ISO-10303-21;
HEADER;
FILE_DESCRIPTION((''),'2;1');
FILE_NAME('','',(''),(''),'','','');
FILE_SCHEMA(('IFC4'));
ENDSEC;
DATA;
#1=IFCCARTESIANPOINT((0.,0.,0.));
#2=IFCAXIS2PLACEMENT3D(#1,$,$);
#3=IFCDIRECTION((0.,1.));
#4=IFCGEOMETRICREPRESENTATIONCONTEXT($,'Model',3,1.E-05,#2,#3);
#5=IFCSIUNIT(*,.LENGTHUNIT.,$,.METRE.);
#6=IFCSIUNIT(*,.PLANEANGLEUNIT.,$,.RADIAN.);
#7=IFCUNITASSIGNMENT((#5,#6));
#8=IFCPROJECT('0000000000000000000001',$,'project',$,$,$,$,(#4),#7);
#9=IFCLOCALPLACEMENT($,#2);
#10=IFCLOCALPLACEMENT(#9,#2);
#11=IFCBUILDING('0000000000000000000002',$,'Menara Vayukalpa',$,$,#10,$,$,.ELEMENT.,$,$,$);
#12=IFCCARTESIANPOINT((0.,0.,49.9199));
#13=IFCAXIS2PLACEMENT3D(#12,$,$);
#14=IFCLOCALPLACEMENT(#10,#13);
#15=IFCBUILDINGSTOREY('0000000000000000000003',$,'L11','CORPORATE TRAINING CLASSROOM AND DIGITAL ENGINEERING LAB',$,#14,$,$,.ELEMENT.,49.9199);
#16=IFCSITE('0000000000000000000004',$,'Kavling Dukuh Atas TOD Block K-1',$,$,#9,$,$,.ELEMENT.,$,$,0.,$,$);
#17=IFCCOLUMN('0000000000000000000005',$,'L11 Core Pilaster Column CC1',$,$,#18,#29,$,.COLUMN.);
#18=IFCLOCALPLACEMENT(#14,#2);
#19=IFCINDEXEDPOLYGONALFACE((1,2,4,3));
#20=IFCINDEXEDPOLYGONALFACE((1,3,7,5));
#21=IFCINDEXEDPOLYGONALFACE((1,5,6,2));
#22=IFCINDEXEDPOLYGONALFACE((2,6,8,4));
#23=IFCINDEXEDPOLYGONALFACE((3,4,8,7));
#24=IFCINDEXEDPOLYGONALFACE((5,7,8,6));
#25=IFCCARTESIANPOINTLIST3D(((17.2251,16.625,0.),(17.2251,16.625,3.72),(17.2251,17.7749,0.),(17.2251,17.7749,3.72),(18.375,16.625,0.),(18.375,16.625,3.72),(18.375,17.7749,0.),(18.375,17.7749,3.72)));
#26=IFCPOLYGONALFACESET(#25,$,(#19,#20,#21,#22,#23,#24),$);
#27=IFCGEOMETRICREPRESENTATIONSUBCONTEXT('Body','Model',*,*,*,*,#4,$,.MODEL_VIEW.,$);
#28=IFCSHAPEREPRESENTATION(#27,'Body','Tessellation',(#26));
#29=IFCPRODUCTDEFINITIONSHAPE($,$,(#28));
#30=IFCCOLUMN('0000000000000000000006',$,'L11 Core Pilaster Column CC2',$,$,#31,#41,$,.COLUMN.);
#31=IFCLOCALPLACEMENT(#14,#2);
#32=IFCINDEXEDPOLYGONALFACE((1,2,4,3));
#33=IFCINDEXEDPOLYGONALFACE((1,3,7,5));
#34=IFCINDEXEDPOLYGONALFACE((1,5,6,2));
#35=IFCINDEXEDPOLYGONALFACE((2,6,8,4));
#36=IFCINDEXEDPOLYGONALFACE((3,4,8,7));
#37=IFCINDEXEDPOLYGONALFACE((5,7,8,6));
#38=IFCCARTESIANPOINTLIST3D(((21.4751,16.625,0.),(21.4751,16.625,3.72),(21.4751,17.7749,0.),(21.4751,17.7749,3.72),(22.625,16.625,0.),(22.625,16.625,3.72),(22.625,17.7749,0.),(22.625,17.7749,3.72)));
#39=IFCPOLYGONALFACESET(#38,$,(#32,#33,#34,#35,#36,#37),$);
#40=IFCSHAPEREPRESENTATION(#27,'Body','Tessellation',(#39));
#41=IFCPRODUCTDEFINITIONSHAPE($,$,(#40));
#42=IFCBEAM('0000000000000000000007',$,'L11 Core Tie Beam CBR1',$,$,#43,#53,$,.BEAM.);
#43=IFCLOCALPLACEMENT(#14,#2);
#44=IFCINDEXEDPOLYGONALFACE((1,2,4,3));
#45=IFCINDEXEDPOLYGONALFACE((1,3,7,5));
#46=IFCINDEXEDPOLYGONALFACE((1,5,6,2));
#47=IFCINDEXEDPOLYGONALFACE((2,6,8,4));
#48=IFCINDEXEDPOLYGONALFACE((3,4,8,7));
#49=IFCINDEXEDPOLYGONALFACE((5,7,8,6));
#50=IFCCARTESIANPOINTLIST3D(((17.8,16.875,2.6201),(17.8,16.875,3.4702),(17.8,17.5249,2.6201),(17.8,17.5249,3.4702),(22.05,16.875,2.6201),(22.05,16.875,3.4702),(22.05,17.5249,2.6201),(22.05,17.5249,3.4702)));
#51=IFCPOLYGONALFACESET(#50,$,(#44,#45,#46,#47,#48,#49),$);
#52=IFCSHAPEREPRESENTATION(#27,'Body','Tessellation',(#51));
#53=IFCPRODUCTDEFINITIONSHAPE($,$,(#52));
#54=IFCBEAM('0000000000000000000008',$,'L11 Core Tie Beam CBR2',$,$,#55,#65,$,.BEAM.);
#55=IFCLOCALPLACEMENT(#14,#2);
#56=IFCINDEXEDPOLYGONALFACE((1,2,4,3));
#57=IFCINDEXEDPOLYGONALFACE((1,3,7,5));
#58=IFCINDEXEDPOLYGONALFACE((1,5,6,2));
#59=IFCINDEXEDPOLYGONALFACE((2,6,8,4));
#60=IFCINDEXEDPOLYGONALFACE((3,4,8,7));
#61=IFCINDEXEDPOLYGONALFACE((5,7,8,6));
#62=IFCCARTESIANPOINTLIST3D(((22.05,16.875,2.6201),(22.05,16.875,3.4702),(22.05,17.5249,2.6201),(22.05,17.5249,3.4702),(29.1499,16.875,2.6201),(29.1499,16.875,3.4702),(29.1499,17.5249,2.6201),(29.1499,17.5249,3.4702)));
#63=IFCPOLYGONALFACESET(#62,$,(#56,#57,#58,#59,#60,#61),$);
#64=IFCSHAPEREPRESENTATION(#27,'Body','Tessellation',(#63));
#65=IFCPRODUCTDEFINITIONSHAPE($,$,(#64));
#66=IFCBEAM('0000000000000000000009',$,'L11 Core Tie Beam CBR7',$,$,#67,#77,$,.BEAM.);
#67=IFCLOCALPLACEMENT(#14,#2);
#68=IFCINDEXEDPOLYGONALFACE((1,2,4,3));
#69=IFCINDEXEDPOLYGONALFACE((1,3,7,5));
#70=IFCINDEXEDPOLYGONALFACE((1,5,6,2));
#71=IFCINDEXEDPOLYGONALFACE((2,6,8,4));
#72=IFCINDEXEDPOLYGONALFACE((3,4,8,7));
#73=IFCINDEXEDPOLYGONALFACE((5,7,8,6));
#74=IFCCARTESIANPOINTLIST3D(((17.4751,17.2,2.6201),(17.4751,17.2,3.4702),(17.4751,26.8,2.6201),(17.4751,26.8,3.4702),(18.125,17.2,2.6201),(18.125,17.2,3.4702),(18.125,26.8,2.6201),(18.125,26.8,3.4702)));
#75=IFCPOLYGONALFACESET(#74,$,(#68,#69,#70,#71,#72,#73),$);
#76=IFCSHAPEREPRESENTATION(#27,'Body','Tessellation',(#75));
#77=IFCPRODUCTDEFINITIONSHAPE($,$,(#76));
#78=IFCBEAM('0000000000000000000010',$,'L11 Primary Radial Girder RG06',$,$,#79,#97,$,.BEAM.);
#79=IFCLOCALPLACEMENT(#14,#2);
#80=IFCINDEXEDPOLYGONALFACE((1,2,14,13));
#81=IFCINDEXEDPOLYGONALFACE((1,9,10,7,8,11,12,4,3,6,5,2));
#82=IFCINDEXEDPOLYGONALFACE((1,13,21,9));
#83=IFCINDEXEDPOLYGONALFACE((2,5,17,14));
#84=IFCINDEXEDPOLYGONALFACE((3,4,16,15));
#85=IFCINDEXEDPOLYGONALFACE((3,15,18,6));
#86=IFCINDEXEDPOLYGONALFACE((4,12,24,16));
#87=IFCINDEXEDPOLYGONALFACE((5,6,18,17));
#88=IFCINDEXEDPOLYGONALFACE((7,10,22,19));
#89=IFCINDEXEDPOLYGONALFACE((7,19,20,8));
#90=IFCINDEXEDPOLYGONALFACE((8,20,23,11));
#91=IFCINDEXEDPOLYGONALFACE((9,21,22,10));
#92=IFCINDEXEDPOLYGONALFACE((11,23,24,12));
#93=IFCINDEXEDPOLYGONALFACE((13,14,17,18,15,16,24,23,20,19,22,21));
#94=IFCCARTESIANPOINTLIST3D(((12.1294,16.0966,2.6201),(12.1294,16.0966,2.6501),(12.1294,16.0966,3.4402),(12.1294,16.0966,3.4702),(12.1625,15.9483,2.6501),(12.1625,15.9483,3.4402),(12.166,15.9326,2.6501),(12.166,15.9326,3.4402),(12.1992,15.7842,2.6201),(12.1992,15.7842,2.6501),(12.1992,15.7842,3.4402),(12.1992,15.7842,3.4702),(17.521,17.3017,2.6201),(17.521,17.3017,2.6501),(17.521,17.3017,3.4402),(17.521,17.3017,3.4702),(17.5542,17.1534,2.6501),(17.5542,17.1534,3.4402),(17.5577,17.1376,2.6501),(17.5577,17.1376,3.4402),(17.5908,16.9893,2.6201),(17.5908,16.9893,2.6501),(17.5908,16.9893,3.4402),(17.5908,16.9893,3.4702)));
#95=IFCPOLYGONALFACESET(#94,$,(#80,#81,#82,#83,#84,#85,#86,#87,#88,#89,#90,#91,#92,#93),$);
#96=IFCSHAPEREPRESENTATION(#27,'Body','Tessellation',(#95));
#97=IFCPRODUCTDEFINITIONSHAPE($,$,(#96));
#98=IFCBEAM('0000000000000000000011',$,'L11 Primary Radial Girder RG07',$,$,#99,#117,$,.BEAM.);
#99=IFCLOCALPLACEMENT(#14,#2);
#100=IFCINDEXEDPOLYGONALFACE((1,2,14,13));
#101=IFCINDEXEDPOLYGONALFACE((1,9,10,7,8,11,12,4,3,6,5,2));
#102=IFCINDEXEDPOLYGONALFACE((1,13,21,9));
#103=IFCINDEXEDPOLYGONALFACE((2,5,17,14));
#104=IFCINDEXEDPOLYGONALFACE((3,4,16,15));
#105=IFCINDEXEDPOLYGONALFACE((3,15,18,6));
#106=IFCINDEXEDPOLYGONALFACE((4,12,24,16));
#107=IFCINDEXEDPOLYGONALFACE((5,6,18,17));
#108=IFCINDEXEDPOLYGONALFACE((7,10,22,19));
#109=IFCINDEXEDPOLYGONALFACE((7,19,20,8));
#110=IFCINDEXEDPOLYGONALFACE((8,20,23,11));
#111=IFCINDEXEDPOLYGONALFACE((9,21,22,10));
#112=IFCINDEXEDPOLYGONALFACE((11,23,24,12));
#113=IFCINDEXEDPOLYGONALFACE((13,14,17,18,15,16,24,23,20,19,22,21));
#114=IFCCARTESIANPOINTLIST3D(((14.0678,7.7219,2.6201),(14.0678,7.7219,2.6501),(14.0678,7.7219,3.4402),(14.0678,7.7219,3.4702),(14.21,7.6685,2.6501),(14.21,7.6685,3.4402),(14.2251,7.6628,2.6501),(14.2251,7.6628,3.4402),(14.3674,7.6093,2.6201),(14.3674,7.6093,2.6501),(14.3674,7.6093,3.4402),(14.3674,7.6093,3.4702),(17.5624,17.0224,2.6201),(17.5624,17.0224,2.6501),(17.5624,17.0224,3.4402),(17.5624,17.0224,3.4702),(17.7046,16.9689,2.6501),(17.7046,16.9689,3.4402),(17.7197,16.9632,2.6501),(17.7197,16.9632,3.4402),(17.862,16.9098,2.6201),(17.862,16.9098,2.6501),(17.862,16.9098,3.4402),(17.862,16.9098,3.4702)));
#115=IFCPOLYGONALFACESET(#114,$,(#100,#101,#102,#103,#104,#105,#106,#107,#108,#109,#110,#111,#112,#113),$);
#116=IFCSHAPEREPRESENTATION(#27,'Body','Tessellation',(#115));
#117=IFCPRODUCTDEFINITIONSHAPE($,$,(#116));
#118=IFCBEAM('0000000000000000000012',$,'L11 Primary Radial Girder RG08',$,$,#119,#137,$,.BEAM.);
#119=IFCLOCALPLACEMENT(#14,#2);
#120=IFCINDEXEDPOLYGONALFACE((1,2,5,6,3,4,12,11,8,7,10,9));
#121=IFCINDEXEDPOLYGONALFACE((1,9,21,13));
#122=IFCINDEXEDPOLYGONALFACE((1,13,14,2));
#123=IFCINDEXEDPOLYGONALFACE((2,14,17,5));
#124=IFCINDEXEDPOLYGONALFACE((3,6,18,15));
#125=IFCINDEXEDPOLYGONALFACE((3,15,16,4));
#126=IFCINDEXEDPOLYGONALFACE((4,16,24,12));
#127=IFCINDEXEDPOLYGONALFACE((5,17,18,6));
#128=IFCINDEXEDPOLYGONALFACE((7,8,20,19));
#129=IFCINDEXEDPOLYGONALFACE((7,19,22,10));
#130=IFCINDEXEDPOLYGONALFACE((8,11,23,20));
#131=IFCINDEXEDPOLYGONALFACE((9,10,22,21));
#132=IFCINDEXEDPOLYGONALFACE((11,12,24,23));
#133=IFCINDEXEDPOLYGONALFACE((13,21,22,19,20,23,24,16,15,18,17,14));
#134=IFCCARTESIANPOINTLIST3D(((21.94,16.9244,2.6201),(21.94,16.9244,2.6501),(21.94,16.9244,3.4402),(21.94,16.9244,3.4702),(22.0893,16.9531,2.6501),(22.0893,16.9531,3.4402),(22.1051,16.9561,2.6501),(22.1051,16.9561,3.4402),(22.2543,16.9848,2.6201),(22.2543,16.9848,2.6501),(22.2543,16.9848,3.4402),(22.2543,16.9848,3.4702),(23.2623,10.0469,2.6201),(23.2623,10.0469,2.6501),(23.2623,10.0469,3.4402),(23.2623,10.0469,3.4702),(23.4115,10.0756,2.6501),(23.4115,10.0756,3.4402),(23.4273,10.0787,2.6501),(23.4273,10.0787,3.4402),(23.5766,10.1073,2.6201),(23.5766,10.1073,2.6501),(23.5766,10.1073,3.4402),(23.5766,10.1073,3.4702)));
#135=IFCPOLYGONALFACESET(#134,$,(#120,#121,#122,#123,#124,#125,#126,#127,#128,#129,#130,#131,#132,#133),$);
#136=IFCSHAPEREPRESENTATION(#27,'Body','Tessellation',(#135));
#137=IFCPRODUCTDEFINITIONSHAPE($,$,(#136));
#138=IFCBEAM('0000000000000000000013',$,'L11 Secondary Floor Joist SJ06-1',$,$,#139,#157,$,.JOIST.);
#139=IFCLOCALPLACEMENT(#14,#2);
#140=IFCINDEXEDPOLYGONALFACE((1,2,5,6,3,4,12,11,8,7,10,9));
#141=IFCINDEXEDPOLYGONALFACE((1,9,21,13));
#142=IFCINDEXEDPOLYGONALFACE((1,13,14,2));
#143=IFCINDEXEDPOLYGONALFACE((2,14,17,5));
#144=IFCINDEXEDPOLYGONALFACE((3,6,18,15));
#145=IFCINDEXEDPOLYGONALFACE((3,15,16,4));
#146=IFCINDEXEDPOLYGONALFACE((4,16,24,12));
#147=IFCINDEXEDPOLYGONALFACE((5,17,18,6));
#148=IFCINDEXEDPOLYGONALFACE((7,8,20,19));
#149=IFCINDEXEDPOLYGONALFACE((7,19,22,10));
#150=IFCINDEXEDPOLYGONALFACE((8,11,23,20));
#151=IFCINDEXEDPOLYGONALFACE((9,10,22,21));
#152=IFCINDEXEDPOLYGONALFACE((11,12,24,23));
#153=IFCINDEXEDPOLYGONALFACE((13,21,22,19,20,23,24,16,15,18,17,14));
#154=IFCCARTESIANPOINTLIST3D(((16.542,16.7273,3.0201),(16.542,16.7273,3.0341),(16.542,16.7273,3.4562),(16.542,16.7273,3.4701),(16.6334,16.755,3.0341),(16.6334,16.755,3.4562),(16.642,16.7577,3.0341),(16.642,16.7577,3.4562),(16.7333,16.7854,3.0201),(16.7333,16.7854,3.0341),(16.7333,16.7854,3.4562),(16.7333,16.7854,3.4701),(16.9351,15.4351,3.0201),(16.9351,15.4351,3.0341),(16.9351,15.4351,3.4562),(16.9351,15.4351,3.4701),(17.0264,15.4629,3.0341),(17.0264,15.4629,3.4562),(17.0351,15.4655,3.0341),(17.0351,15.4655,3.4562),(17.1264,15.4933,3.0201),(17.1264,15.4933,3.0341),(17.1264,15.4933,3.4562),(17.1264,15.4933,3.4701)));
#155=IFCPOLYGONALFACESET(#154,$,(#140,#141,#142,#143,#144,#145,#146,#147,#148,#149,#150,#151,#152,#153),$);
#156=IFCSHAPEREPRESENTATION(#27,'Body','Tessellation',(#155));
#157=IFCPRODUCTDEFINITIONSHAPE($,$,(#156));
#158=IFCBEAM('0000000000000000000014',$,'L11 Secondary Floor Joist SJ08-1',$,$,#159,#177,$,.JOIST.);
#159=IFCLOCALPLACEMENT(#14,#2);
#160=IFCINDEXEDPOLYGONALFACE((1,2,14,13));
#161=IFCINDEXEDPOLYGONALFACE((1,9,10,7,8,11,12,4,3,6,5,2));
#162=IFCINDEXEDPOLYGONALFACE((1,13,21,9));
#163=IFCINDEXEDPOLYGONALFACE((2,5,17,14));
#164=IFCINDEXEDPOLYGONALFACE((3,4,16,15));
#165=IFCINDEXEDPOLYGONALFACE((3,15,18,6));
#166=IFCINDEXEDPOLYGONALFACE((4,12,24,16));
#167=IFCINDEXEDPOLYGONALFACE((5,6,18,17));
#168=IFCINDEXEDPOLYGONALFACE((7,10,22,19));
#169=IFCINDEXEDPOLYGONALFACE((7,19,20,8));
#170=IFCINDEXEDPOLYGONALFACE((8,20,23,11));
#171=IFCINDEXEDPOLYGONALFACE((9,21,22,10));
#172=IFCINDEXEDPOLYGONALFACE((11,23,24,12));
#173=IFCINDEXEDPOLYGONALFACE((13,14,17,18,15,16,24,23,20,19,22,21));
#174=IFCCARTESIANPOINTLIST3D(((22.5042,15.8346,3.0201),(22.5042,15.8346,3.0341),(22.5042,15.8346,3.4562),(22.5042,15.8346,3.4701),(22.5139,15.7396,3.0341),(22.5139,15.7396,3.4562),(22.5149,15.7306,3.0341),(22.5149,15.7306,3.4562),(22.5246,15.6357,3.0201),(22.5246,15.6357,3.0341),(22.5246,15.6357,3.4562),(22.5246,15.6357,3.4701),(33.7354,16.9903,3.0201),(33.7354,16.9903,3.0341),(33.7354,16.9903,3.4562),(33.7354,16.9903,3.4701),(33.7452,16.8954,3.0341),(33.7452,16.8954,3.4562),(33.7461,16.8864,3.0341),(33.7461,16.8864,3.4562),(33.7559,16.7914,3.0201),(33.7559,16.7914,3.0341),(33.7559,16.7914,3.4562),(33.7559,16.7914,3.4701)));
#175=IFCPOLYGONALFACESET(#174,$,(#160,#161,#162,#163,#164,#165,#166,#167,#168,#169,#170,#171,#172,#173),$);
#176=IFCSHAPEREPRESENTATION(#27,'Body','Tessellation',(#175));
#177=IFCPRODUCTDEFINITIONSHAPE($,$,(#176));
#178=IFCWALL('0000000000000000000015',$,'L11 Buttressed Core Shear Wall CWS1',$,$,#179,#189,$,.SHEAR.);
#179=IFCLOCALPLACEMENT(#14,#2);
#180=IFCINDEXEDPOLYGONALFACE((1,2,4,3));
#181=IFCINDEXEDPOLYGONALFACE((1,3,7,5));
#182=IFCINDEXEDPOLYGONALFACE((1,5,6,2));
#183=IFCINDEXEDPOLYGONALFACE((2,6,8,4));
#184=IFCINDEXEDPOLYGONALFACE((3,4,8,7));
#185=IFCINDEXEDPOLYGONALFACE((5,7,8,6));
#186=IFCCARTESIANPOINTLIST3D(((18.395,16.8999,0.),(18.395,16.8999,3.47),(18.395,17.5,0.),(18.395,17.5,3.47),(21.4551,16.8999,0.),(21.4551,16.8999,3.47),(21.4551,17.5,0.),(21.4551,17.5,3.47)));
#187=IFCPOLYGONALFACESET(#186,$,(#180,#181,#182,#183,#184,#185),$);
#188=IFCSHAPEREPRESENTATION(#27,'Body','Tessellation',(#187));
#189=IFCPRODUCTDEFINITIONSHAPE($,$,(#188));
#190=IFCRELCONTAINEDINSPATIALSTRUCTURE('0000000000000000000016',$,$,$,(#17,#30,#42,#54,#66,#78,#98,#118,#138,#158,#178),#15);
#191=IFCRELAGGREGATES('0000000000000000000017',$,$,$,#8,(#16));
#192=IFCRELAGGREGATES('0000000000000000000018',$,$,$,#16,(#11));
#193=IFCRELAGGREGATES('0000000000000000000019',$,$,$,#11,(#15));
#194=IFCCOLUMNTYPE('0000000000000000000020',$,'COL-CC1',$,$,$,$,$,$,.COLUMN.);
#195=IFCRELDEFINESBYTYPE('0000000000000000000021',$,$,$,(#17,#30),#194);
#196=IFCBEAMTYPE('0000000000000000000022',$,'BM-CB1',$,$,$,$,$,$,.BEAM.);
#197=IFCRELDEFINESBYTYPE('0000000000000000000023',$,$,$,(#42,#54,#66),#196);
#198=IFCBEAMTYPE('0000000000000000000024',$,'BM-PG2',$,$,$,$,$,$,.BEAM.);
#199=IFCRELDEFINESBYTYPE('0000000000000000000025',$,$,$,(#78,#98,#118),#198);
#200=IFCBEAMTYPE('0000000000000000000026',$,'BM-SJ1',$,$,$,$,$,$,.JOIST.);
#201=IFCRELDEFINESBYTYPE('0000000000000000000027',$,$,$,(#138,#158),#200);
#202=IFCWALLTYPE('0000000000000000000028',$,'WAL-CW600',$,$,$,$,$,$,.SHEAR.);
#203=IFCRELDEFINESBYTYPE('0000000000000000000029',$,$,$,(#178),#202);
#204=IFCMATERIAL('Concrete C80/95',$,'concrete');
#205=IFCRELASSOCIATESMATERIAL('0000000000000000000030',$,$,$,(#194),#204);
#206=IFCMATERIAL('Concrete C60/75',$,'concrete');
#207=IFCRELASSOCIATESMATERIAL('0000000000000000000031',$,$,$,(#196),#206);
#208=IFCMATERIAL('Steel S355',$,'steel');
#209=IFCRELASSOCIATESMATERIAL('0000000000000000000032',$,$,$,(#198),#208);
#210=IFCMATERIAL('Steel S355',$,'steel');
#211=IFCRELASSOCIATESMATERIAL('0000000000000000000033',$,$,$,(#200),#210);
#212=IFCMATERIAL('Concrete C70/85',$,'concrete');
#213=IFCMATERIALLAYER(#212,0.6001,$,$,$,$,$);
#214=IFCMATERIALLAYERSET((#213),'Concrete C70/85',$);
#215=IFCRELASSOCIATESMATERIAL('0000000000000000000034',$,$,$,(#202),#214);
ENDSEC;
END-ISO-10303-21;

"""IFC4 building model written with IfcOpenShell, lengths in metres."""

from ifc_helpers import new_model, si_unit, direction, frame, frame_2d, origin, origin_2d, place, context, subcontext, project, spatial, rectangle, i_section, extrude, material, layer, layer_set, material_profile, profile_set, type_object, element, save


model = new_model("IFC4")

# Units and contexts
model_context = context("Model", 3, precision=1e-05, world=origin(), true_north=direction((0.0, 1.0)))
body_context = subcontext(model_context, "Body", "Model", "MODEL_VIEW")
ifc_project = project(units=[si_unit("LENGTHUNIT", "METRE"), si_unit("PLANEANGLEUNIT", "RADIAN")], contexts=[model_context])

# Site, building, storey
site_placement = place(None, origin())
site = spatial("IfcSite", under=ifc_project, at=site_placement, Name="Kavling Dukuh Atas TOD Block K-1", CompositionType="ELEMENT", RefElevation=0.0)
building_placement = place(site_placement, origin())
building = spatial("IfcBuilding", under=site, at=building_placement, Name="Menara Vayukalpa", CompositionType="ELEMENT")
storey_placement = place(building_placement, frame((0.0, 0.0, 49.9199)))
storey = spatial("IfcBuildingStorey", under=building, at=storey_placement, Name="L11", Description="CORPORATE TRAINING CLASSROOM AND DIGITAL ENGINEERING LAB", CompositionType="ELEMENT", Elevation=49.9199)

# Columns
ifc_material_1 = material(Name="Concrete C80/95", Category="concrete")
ifc_material_profile_1 = material_profile(ifc_material_1, rectangle(XDim=1.1499, YDim=1.1499, at=origin_2d()), Name="RC 1150x1150")
ifc_profile_set_1 = profile_set([ifc_material_profile_1], Name="Concrete C80/95")
column_type = type_object("IfcColumnType", Name="COL-CC1", PredefinedType="COLUMN", material=ifc_profile_set_1)
for number, where, z_axis, x_axis, name in (
    (1, (17.8, 17.2, 0.0), (0.0, 0.0, 1.0), (1.0, 0.0, 0.0), "L11 Core Pilaster Column CC1"),
    (2, (22.05, 17.2, 0.0), (0.0, 0.0, 1.0), (1.0, 0.0, 0.0), "L11 Core Pilaster Column CC2"),
):
    element("IfcColumn", number, at=place(storey_placement, frame(where, z_axis=z_axis, x_axis=x_axis)), inside=storey, type_object=column_type, Name=name, PredefinedType="COLUMN", context=body_context, shape_type="SweptSolid", body=[
        extrude(rectangle(XDim=1.1499, YDim=1.1499, at=origin_2d()), origin(), (0.0, 0.0, 1.0), 3.72),
    ])

# Beams
ifc_material_2 = material(Name="Concrete C60/75", Category="concrete")
ifc_material_profile_2 = material_profile(ifc_material_2, rectangle(XDim=0.6499, YDim=0.8501, at=origin_2d()), Name="RC 650x850")
ifc_profile_set_2 = profile_set([ifc_material_profile_2], Name="Concrete C60/75")
beam_type_1 = type_object("IfcBeamType", Name="BM-CB1", PredefinedType="BEAM", material=ifc_profile_set_2)
beam_1_placement = place(storey_placement, frame((17.8, 17.2, 3.0452), z_axis=(1.0, 0.0, 0.0), x_axis=(0.0, 1.0, 0.0)))
element("IfcBeam", 3, at=beam_1_placement, inside=storey, type_object=beam_type_1, Name="L11 Core Tie Beam CBR1", PredefinedType="BEAM", context=body_context, shape_type="SweptSolid", body=[
    extrude(rectangle(XDim=0.6499, YDim=0.8501, at=origin_2d()), origin(), (0.0, 0.0, 1.0), 4.25),
])
beam_2_placement = place(storey_placement, frame((22.05, 17.2, 3.0452), z_axis=(1.0, 0.0, 0.0), x_axis=(0.0, 1.0, 0.0)))
element("IfcBeam", 4, at=beam_2_placement, inside=storey, type_object=beam_type_1, Name="L11 Core Tie Beam CBR2", PredefinedType="BEAM", context=body_context, shape_type="SweptSolid", body=[
    extrude(rectangle(XDim=0.6499, YDim=0.8501, at=origin_2d()), origin(), (0.0, 0.0, 1.0), 7.0999),
])
beam_3_placement = place(storey_placement, frame((17.8, 17.2, 3.0452), z_axis=(0.0, 1.0, 0.0), x_axis=(-1.0, 0.0, 0.0)))
element("IfcBeam", 5, at=beam_3_placement, inside=storey, type_object=beam_type_1, Name="L11 Core Tie Beam CBR7", PredefinedType="BEAM", context=body_context, shape_type="SweptSolid", body=[
    extrude(rectangle(XDim=0.6499, YDim=0.8501, at=origin_2d()), origin(), (0.0, 0.0, 1.0), 9.6001),
])
ifc_material_3 = material(Name="Steel S355", Category="steel")
ifc_material_profile_3 = material_profile(ifc_material_3, i_section(OverallWidth=0.3201, OverallDepth=0.8501, WebThickness=0.0161, FlangeThickness=0.03, at=origin_2d()), Name="WF 850x320x16x30")
ifc_profile_set_3 = profile_set([ifc_material_profile_3], Name="Steel S355")
beam_type_2 = type_object("IfcBeamType", Name="BM-PG2", PredefinedType="BEAM", material=ifc_profile_set_3)
beam_4_placement = place(storey_placement, frame((17.5559, 17.1455, 3.0452), z_axis=(-0.97592, -0.218128, 0.0), x_axis=(0.218128, -0.97592, 0.0)))
element("IfcBeam", 6, at=beam_4_placement, inside=storey, type_object=beam_type_2, Name="L11 Primary Radial Girder RG06", PredefinedType="BEAM", context=body_context, shape_type="SweptSolid", body=[
    extrude(i_section(OverallWidth=0.3201, OverallDepth=0.8501, WebThickness=0.0161, FlangeThickness=0.03, at=origin_2d()), origin(), (0.0, 0.0, 1.0), 5.5247),
])
beam_5_placement = place(storey_placement, frame((17.7122, 16.9661, 3.0452), z_axis=(-0.351735, -0.9361, 0.0), x_axis=(0.9361, -0.351735, 0.0)))
element("IfcBeam", 7, at=beam_5_placement, inside=storey, type_object=beam_type_2, Name="L11 Primary Radial Girder RG07", PredefinedType="BEAM", context=body_context, shape_type="SweptSolid", body=[
    extrude(i_section(OverallWidth=0.3201, OverallDepth=0.8501, WebThickness=0.0161, FlangeThickness=0.03, at=origin_2d()), origin(), (0.0, 0.0, 1.0), 9.9353),
])
beam_6_placement = place(storey_placement, frame((22.0972, 16.9546, 3.0452), z_axis=(0.188803, -0.982015, 0.0), x_axis=(0.982015, 0.188803, 0.0)))
element("IfcBeam", 8, at=beam_6_placement, inside=storey, type_object=beam_type_2, Name="L11 Primary Radial Girder RG08", PredefinedType="BEAM", context=body_context, shape_type="SweptSolid", body=[
    extrude(i_section(OverallWidth=0.3201, OverallDepth=0.8501, WebThickness=0.0161, FlangeThickness=0.03, at=origin_2d()), origin(), (0.0, 0.0, 1.0), 7.0034),
])
ifc_material_4 = material(Name="Steel S355", Category="steel")
ifc_material_profile_4 = material_profile(ifc_material_4, i_section(OverallWidth=0.2, OverallDepth=0.45, WebThickness=0.009, FlangeThickness=0.0139, at=origin_2d()), Name="WF 450x200x9x14")
ifc_profile_set_4 = profile_set([ifc_material_profile_4], Name="Steel S355")
beam_type_3 = type_object("IfcBeamType", Name="BM-SJ1", PredefinedType="JOIST", material=ifc_profile_set_4)
beam_7_placement = place(storey_placement, frame((16.6377, 16.7563, 3.2451), z_axis=(0.291011, -0.95672, 0.0), x_axis=(0.95672, 0.291011, 0.0)))
element("IfcBeam", 9, at=beam_7_placement, inside=storey, type_object=beam_type_3, Name="L11 Secondary Floor Joist SJ06-1", PredefinedType="JOIST", context=body_context, shape_type="SweptSolid", body=[
    extrude(i_section(OverallWidth=0.2, OverallDepth=0.45, WebThickness=0.009, FlangeThickness=0.0139, at=origin_2d()), origin(), (0.0, 0.0, 1.0), 1.3506),
])
beam_8_placement = place(storey_placement, frame((22.5144, 15.7351, 3.2451), z_axis=(0.994747, 0.102366, 0.0), x_axis=(-0.102366, 0.994747, 0.0)))
element("IfcBeam", 10, at=beam_8_placement, inside=storey, type_object=beam_type_3, Name="L11 Secondary Floor Joist SJ08-1", PredefinedType="JOIST", context=body_context, shape_type="SweptSolid", body=[
    extrude(i_section(OverallWidth=0.2, OverallDepth=0.45, WebThickness=0.009, FlangeThickness=0.0139, at=origin_2d()), origin(), (0.0, 0.0, 1.0), 11.2905),
])

# Wall
ifc_material_5 = material(Name="Concrete C70/85", Category="concrete")
ifc_layer_1 = layer(ifc_material_5, 0.6001)
ifc_layer_set_1 = layer_set([ifc_layer_1], Name="Concrete C70/85")
wall_type_1 = type_object("IfcWallType", Name="WAL-CW600", PredefinedType="SHEAR", material=ifc_layer_set_1)
wall_1_placement = place(storey_placement, frame((18.395, 17.2, 0.0), z_axis=(0.0, 0.0, 1.0), x_axis=(1.0, 0.0, 0.0)))
element("IfcWall", 11, at=wall_1_placement, inside=storey, type_object=wall_type_1, Name="L11 Buttressed Core Shear Wall CWS1", PredefinedType="SHEAR", context=body_context, shape_type="SweptSolid", body=[
    extrude(rectangle(XDim=3.0601, YDim=0.6001, at=frame_2d((1.53, 0.0))), origin(), (0.0, 0.0, 1.0), 3.47),
])

save(model, "model.ifc")
